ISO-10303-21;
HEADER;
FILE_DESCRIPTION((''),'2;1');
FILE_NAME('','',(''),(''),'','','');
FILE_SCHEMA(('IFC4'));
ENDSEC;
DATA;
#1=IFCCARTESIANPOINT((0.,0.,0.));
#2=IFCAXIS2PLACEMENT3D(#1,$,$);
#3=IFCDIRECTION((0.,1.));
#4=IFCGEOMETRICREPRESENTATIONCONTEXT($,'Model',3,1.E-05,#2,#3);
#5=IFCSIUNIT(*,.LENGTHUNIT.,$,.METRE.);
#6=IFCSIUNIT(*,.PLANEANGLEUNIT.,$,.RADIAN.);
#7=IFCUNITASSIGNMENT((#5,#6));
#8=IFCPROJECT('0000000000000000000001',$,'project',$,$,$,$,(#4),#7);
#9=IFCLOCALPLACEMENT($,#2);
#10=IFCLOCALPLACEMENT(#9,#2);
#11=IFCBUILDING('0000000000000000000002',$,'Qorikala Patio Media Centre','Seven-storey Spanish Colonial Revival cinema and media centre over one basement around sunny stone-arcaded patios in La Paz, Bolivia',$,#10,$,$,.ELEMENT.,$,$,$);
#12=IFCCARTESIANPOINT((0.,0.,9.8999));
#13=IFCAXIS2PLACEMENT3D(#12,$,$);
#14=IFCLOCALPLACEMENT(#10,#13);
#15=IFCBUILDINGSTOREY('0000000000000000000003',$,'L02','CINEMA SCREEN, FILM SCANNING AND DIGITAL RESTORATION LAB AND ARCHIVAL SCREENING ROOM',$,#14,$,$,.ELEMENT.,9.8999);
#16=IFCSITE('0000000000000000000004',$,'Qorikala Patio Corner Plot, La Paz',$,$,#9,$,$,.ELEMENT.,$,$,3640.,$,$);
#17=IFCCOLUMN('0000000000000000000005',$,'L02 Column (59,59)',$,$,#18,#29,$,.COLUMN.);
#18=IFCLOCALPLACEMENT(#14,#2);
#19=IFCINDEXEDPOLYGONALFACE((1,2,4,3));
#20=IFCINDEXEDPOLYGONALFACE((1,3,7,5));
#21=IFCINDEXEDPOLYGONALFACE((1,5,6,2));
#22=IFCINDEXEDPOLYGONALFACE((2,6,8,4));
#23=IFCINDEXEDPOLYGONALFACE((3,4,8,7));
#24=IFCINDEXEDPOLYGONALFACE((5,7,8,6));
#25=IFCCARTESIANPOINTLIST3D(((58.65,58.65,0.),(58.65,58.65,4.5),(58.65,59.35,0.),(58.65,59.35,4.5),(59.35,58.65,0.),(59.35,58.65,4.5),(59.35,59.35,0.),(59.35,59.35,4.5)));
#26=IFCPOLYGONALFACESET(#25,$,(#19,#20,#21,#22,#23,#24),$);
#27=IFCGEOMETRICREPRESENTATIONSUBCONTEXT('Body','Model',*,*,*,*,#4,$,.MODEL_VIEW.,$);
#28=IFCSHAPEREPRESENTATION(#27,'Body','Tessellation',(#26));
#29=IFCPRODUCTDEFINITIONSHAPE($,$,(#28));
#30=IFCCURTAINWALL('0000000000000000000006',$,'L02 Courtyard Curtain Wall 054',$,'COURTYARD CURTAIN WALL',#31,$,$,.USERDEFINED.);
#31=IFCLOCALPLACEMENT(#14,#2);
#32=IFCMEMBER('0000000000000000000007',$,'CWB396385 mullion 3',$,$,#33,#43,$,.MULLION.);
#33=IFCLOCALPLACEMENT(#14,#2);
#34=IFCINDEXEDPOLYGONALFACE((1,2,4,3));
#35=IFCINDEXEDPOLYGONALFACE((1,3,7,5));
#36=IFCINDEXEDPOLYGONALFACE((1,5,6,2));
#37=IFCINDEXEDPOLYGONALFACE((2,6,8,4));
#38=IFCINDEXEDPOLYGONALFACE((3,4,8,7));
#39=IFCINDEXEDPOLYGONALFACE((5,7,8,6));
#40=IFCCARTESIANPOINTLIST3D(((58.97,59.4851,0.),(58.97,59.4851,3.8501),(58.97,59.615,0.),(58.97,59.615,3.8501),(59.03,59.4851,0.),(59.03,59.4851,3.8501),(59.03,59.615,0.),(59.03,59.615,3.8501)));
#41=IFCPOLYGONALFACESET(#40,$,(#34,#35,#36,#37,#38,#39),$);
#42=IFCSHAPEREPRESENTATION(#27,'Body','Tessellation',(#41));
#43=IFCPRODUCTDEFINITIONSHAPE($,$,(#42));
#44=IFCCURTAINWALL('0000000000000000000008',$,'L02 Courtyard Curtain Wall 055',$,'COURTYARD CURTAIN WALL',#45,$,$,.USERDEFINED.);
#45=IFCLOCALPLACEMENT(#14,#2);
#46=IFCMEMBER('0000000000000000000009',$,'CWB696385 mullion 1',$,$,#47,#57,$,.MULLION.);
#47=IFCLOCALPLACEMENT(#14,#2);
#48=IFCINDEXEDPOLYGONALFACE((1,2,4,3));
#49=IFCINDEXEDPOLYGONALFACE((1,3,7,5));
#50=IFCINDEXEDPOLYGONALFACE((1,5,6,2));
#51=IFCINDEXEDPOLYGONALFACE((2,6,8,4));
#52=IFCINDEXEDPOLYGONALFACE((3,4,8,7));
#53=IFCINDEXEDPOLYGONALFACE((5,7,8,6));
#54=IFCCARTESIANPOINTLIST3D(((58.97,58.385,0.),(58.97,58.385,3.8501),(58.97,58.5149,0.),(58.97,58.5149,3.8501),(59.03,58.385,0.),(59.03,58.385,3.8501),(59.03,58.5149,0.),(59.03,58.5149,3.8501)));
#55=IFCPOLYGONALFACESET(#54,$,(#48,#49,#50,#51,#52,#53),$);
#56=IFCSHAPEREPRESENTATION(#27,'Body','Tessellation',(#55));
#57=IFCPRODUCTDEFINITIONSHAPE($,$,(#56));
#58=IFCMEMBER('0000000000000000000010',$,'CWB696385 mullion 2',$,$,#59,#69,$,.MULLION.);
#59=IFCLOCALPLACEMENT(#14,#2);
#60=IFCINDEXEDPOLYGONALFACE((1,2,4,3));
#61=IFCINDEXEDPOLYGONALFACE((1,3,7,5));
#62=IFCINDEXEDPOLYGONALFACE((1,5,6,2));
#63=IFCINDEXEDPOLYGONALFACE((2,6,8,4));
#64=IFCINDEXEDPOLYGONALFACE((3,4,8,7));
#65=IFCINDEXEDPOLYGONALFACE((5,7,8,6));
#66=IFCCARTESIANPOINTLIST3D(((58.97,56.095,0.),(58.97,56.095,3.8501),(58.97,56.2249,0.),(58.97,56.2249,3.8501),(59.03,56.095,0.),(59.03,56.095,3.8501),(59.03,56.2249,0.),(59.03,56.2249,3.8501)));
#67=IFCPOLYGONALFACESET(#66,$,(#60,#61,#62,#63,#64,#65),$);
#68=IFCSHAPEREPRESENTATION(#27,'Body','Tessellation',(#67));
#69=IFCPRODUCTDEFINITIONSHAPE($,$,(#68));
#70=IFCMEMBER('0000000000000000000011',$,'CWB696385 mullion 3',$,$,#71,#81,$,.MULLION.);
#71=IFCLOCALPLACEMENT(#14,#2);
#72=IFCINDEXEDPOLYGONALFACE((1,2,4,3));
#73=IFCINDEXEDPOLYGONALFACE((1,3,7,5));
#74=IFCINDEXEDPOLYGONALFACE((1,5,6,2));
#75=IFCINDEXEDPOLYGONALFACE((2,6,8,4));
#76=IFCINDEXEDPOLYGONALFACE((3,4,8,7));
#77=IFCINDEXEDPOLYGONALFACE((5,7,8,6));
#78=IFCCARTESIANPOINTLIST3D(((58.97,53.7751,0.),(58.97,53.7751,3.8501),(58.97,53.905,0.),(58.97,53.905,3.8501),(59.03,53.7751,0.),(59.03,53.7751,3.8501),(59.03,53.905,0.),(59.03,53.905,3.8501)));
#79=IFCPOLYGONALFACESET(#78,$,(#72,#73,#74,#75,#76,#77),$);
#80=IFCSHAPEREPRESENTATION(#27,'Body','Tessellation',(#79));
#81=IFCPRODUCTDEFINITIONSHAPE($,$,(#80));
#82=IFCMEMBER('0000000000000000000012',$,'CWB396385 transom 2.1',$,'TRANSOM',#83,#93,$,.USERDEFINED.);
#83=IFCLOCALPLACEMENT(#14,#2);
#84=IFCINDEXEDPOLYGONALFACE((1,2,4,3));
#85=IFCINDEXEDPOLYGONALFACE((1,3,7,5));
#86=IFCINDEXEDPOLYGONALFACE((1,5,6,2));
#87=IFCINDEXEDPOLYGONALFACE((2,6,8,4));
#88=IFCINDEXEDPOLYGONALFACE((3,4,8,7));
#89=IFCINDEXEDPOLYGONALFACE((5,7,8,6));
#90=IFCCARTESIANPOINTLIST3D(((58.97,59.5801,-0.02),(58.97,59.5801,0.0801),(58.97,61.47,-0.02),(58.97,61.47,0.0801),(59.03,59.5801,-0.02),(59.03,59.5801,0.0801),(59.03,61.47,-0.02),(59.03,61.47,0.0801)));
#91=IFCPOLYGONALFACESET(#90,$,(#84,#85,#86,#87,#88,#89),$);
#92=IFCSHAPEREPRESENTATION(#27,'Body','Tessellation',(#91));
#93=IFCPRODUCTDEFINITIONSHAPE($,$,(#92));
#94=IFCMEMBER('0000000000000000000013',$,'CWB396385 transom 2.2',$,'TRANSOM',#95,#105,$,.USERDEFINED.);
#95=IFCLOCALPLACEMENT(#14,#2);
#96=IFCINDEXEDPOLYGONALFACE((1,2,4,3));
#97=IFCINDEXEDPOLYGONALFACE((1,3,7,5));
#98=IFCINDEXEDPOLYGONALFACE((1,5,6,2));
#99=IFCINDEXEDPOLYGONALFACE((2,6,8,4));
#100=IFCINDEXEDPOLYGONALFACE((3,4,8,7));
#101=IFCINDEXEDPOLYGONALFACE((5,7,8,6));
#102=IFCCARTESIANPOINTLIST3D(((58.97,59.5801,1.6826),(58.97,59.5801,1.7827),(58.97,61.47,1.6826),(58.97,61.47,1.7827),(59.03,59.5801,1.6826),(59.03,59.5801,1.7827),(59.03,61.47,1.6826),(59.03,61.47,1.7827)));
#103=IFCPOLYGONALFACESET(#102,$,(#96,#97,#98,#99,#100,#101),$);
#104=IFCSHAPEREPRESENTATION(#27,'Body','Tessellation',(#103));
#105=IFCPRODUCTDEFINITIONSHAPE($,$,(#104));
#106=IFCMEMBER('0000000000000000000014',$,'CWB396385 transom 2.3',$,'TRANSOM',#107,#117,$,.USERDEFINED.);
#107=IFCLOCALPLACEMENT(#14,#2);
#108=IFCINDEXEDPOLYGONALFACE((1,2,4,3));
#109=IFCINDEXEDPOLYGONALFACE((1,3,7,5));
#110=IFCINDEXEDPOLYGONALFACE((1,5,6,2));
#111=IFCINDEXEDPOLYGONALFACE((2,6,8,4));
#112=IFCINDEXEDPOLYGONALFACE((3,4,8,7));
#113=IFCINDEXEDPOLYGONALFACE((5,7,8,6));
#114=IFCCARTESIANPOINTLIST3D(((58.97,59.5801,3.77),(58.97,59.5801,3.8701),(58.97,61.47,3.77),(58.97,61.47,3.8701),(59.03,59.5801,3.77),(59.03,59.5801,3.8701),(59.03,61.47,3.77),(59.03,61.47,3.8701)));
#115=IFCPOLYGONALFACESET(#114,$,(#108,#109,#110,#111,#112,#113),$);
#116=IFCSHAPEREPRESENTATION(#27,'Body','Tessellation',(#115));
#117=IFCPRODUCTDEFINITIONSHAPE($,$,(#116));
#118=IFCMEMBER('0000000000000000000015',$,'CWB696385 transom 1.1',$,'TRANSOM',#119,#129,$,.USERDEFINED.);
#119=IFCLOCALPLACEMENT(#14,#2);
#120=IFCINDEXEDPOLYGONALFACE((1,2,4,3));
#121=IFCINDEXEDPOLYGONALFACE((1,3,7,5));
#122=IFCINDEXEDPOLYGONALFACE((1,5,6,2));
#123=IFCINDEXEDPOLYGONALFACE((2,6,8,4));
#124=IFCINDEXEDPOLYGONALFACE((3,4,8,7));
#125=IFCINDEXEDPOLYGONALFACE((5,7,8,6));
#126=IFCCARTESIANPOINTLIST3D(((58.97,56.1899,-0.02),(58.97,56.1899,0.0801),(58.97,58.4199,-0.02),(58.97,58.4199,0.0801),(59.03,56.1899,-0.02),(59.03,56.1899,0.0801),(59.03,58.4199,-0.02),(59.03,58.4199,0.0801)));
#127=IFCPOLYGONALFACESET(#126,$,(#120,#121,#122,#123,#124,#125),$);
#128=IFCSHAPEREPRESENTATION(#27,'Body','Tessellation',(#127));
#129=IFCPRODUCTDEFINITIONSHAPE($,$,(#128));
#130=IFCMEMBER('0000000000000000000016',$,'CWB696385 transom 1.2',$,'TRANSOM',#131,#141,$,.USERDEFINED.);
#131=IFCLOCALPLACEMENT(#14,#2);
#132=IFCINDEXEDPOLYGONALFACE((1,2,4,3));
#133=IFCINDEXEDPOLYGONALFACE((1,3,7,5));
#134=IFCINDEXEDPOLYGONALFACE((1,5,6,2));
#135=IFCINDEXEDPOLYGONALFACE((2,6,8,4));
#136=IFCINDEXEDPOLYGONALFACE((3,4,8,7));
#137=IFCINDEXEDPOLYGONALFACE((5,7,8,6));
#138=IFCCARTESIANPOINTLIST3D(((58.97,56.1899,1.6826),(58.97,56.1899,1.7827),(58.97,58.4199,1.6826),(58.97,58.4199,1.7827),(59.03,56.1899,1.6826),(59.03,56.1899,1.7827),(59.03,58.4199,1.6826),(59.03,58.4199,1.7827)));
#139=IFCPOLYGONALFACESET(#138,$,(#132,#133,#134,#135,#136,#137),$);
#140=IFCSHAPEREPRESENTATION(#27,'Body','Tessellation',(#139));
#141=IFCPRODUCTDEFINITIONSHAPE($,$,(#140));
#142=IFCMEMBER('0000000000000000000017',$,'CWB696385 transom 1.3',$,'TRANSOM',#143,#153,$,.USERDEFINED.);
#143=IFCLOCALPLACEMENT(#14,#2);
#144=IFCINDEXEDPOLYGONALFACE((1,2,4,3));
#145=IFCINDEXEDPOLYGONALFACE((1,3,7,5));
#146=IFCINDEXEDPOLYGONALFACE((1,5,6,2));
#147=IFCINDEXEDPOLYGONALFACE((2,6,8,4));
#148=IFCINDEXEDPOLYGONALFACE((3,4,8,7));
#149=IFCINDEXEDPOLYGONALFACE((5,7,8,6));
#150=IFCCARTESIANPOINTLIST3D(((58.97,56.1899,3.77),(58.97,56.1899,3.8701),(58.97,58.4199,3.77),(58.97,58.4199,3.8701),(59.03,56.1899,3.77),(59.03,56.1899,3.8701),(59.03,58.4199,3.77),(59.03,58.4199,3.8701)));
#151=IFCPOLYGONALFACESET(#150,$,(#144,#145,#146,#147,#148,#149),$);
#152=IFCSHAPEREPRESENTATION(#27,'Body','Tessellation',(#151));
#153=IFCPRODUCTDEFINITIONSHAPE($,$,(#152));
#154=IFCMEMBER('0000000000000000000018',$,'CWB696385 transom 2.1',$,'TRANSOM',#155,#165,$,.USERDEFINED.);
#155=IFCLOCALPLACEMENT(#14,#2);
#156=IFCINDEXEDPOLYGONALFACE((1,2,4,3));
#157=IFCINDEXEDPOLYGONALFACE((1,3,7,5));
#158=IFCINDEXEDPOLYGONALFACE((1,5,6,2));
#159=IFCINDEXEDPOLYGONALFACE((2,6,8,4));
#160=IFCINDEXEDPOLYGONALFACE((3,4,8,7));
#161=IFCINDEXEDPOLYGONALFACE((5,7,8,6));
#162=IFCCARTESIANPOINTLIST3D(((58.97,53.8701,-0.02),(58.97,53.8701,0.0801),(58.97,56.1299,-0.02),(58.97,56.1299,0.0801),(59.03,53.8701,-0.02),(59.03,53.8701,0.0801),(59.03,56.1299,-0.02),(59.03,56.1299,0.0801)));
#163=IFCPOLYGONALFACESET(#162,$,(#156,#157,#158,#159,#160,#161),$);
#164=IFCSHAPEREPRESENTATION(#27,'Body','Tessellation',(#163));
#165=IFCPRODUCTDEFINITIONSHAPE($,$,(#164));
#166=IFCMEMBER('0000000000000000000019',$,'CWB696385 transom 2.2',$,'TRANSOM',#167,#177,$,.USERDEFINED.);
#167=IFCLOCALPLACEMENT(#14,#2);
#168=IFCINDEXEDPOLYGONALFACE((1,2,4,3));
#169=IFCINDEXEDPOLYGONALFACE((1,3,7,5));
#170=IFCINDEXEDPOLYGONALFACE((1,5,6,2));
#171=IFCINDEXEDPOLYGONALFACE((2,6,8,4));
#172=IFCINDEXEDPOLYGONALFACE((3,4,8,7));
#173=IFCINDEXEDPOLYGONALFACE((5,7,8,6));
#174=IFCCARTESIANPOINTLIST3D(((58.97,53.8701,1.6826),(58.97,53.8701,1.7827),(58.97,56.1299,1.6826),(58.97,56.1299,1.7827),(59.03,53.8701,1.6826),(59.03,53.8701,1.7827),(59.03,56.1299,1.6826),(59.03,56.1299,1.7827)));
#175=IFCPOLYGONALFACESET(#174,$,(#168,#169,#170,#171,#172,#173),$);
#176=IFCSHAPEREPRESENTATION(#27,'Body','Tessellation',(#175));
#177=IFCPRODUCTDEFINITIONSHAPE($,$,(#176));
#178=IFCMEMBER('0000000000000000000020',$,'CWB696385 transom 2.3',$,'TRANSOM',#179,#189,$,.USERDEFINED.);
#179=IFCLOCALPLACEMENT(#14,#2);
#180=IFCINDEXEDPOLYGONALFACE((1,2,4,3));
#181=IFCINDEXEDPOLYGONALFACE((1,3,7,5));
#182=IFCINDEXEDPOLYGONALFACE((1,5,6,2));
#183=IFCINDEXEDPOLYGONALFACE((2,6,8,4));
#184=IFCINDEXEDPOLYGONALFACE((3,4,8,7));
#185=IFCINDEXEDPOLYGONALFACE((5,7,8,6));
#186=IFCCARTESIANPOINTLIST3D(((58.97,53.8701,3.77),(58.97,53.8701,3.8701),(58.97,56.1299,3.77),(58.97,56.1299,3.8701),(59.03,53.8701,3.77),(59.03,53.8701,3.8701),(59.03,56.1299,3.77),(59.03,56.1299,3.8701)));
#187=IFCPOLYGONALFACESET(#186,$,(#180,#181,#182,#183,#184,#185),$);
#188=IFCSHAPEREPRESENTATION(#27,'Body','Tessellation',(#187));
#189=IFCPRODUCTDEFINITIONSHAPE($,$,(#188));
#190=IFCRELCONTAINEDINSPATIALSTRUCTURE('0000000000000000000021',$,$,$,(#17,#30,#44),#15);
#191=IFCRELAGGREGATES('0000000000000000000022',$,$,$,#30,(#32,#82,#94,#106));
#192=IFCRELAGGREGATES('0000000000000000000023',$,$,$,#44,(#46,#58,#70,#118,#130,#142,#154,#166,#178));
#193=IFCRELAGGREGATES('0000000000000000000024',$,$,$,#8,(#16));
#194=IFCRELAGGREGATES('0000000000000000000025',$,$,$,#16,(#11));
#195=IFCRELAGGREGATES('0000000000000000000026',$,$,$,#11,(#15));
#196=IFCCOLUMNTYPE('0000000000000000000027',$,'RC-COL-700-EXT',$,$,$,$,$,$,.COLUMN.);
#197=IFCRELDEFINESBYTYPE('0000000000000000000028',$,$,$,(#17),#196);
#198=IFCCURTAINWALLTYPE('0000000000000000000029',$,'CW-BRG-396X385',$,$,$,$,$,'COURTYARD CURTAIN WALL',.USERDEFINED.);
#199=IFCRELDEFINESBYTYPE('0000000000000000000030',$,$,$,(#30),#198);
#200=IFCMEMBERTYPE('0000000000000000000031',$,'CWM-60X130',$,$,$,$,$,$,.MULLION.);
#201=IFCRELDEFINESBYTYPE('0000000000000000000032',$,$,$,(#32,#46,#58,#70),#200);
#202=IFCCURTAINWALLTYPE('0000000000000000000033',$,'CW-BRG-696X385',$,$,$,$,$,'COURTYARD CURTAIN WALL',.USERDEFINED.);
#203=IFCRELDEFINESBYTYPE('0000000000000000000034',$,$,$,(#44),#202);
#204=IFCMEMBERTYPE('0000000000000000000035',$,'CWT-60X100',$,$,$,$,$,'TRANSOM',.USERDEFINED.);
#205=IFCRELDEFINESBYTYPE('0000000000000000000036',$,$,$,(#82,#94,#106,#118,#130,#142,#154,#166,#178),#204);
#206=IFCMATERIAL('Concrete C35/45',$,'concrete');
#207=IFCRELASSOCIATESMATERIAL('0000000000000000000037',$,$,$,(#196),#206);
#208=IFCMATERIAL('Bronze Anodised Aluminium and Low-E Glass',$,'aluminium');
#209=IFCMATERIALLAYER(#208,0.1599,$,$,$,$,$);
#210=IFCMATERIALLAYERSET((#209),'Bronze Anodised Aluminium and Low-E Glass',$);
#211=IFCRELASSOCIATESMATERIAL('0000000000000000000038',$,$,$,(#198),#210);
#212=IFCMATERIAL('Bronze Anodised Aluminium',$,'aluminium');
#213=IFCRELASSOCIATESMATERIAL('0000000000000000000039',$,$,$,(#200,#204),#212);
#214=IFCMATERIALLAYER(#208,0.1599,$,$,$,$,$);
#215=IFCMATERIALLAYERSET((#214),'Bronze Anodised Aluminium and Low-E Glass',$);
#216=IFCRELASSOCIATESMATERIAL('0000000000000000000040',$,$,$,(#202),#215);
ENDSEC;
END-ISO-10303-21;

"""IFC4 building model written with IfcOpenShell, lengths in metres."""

from ifc_helpers import new_model, si_unit, direction, frame, origin, origin_2d, place, context, subcontext, project, spatial, rectangle, extrude, material, layer, layer_set, material_profile, profile_set, type_object, element, aggregate, save


model = new_model("IFC4")

# Units and contexts
model_context = context("Model", 3, precision=1e-05, world=origin(), true_north=direction((0.0, 1.0)))
body_context = subcontext(model_context, "Body", "Model", "MODEL_VIEW")
ifc_project = project(units=[si_unit("LENGTHUNIT", "METRE"), si_unit("PLANEANGLEUNIT", "RADIAN")], contexts=[model_context])

# Site, building, storey
site_placement = place(None, origin())
site = spatial("IfcSite", under=ifc_project, at=site_placement, Name="Qorikala Patio Corner Plot, La Paz", CompositionType="ELEMENT", RefElevation=3640.0)
building_placement = place(site_placement, origin())
building = spatial("IfcBuilding", under=site, at=building_placement, Name="Qorikala Patio Media Centre", Description="Seven-storey Spanish Colonial Revival cinema and media centre over one basement around sunny stone-arcaded patios in La Paz, Bolivia", CompositionType="ELEMENT")
storey_placement = place(building_placement, frame((0.0, 0.0, 9.8999)))
storey = spatial("IfcBuildingStorey", under=building, at=storey_placement, Name="L02", Description="CINEMA SCREEN, FILM SCANNING AND DIGITAL RESTORATION LAB AND ARCHIVAL SCREENING ROOM", CompositionType="ELEMENT", Elevation=9.8999)

# Column
ifc_material_1 = material(Name="Concrete C35/45", Category="concrete")
ifc_material_profile_1 = material_profile(ifc_material_1, rectangle(XDim=0.7, YDim=0.7, at=origin_2d()), Name="RC 700x700")
ifc_profile_set_1 = profile_set([ifc_material_profile_1], Name="Concrete C35/45")
column_type = type_object("IfcColumnType", Name="RC-COL-700-EXT", PredefinedType="COLUMN", material=ifc_profile_set_1)
column_placement = place(storey_placement, frame((59.0, 59.0, 0.0), z_axis=(0.0, 0.0, 1.0), x_axis=(1.0, 0.0, 0.0)))
element("IfcColumn", 1, at=column_placement, inside=storey, type_object=column_type, Name="L02 Column (59,59)", PredefinedType="COLUMN", context=body_context, shape_type="SweptSolid", body=[
    extrude(rectangle(XDim=0.7, YDim=0.7, at=origin_2d()), origin(), (0.0, 0.0, 1.0), 4.5),
])

# Curtain wall, member
ifc_material_2 = material(Name="Bronze Anodised Aluminium and Low-E Glass", Category="aluminium")
ifc_layer_1 = layer(ifc_material_2, 0.1599)
ifc_layer_set_1 = layer_set([ifc_layer_1], Name="Bronze Anodised Aluminium and Low-E Glass")
curtain_wall_type_1 = type_object("IfcCurtainWallType", Name="CW-BRG-396X385", ElementType="COURTYARD CURTAIN WALL", PredefinedType="USERDEFINED", material=ifc_layer_set_1)
curtain_wall_1_placement = place(storey_placement, origin())
curtain_wall_1 = element("IfcCurtainWall", 2, at=curtain_wall_1_placement, inside=storey, type_object=curtain_wall_type_1, Name="L02 Courtyard Curtain Wall 054", ObjectType="COURTYARD CURTAIN WALL", PredefinedType="USERDEFINED")
ifc_material_3 = material(Name="Bronze Anodised Aluminium", Category="aluminium")
ifc_material_profile_2 = material_profile(ifc_material_3, rectangle(XDim=0.0601, YDim=0.1299, at=origin_2d()), Name="ALU MULLION 60x130")
ifc_profile_set_2 = profile_set([ifc_material_profile_2], Name="Bronze Anodised Aluminium")
member_type_1 = type_object("IfcMemberType", Name="CWM-60X130", PredefinedType="MULLION", material=ifc_profile_set_2)
member_1_placement = place(storey_placement, frame((59.0, 59.55, 0.0), z_axis=(0.0, 0.0, 1.0), x_axis=(1.0, 0.0, 0.0)))
member_1 = element("IfcMember", 3, at=member_1_placement, type_object=member_type_1, Name="CWB396385 mullion 3", PredefinedType="MULLION", context=body_context, shape_type="SweptSolid", body=[
    extrude(rectangle(XDim=0.0601, YDim=0.1299, at=origin_2d()), origin(), (0.0, 0.0, 1.0), 3.8501),
])

# Curtain wall, members
ifc_layer_2 = layer(ifc_material_2, 0.1599)
ifc_layer_set_2 = layer_set([ifc_layer_2], Name="Bronze Anodised Aluminium and Low-E Glass")
curtain_wall_type_2 = type_object("IfcCurtainWallType", Name="CW-BRG-696X385", ElementType="COURTYARD CURTAIN WALL", PredefinedType="USERDEFINED", material=ifc_layer_set_2)
curtain_wall_2_placement = place(storey_placement, origin())
curtain_wall_2 = element("IfcCurtainWall", 4, at=curtain_wall_2_placement, inside=storey, type_object=curtain_wall_type_2, Name="L02 Courtyard Curtain Wall 055", ObjectType="COURTYARD CURTAIN WALL", PredefinedType="USERDEFINED")
member_2_placement = place(storey_placement, frame((59.0, 58.45, 0.0), z_axis=(0.0, 0.0, 1.0), x_axis=(1.0, 0.0, 0.0)))
member_2 = element("IfcMember", 5, at=member_2_placement, type_object=member_type_1, Name="CWB696385 mullion 1", PredefinedType="MULLION", context=body_context, shape_type="SweptSolid", body=[
    extrude(rectangle(XDim=0.0601, YDim=0.1299, at=origin_2d()), origin(), (0.0, 0.0, 1.0), 3.8501),
])
member_3_placement = place(storey_placement, frame((59.0, 56.1599, 0.0), z_axis=(0.0, 0.0, 1.0), x_axis=(1.0, 0.0, 0.0)))
member_3 = element("IfcMember", 6, at=member_3_placement, type_object=member_type_1, Name="CWB696385 mullion 2", PredefinedType="MULLION", context=body_context, shape_type="SweptSolid", body=[
    extrude(rectangle(XDim=0.0601, YDim=0.1299, at=origin_2d()), origin(), (0.0, 0.0, 1.0), 3.8501),
])
member_4_placement = place(storey_placement, frame((59.0, 53.8401, 0.0), z_axis=(0.0, 0.0, 1.0), x_axis=(1.0, 0.0, 0.0)))
member_4 = element("IfcMember", 7, at=member_4_placement, type_object=member_type_1, Name="CWB696385 mullion 3", PredefinedType="MULLION", context=body_context, shape_type="SweptSolid", body=[
    extrude(rectangle(XDim=0.0601, YDim=0.1299, at=origin_2d()), origin(), (0.0, 0.0, 1.0), 3.8501),
])

# Members
ifc_material_profile_3 = material_profile(ifc_material_3, rectangle(XDim=0.0601, YDim=0.1001, at=origin_2d()), Name="ALU TRANSOM 60x100")
ifc_profile_set_3 = profile_set([ifc_material_profile_3], Name="Bronze Anodised Aluminium")
member_type_2 = type_object("IfcMemberType", Name="CWT-60X100", ElementType="TRANSOM", PredefinedType="USERDEFINED", material=ifc_profile_set_3)
member_5_placement = place(storey_placement, frame((59.0, 61.47, 0.03), z_axis=(0.0, -1.0, 0.0), x_axis=(1.0, 0.0, 0.0)))
member_5 = element("IfcMember", 8, at=member_5_placement, type_object=member_type_2, Name="CWB396385 transom 2.1", ObjectType="TRANSOM", PredefinedType="USERDEFINED", context=body_context, shape_type="SweptSolid", body=[
    extrude(rectangle(XDim=0.0601, YDim=0.1001, at=origin_2d()), origin(), (0.0, 0.0, 1.0), 1.8899),
])
member_6_placement = place(storey_placement, frame((59.0, 61.47, 1.7327), z_axis=(0.0, -1.0, 0.0), x_axis=(1.0, 0.0, 0.0)))
member_6 = element("IfcMember", 9, at=member_6_placement, type_object=member_type_2, Name="CWB396385 transom 2.2", ObjectType="TRANSOM", PredefinedType="USERDEFINED", context=body_context, shape_type="SweptSolid", body=[
    extrude(rectangle(XDim=0.0601, YDim=0.1001, at=origin_2d()), origin(), (0.0, 0.0, 1.0), 1.8899),
])
member_7_placement = place(storey_placement, frame((59.0, 61.47, 3.8201), z_axis=(0.0, -1.0, 0.0), x_axis=(1.0, 0.0, 0.0)))
member_7 = element("IfcMember", 10, at=member_7_placement, type_object=member_type_2, Name="CWB396385 transom 2.3", ObjectType="TRANSOM", PredefinedType="USERDEFINED", context=body_context, shape_type="SweptSolid", body=[
    extrude(rectangle(XDim=0.0601, YDim=0.1001, at=origin_2d()), origin(), (0.0, 0.0, 1.0), 1.8899),
])
member_8_placement = place(storey_placement, frame((59.0, 58.4199, 0.03), z_axis=(0.0, -1.0, 0.0), x_axis=(1.0, 0.0, 0.0)))
member_8 = element("IfcMember", 11, at=member_8_placement, type_object=member_type_2, Name="CWB696385 transom 1.1", ObjectType="TRANSOM", PredefinedType="USERDEFINED", context=body_context, shape_type="SweptSolid", body=[
    extrude(rectangle(XDim=0.0601, YDim=0.1001, at=origin_2d()), origin(), (0.0, 0.0, 1.0), 2.23),
])
member_9_placement = place(storey_placement, frame((59.0, 58.4199, 1.7327), z_axis=(0.0, -1.0, 0.0), x_axis=(1.0, 0.0, 0.0)))
member_9 = element("IfcMember", 12, at=member_9_placement, type_object=member_type_2, Name="CWB696385 transom 1.2", ObjectType="TRANSOM", PredefinedType="USERDEFINED", context=body_context, shape_type="SweptSolid", body=[
    extrude(rectangle(XDim=0.0601, YDim=0.1001, at=origin_2d()), origin(), (0.0, 0.0, 1.0), 2.23),
])
member_10_placement = place(storey_placement, frame((59.0, 58.4199, 3.8201), z_axis=(0.0, -1.0, 0.0), x_axis=(1.0, 0.0, 0.0)))
member_10 = element("IfcMember", 13, at=member_10_placement, type_object=member_type_2, Name="CWB696385 transom 1.3", ObjectType="TRANSOM", PredefinedType="USERDEFINED", context=body_context, shape_type="SweptSolid", body=[
    extrude(rectangle(XDim=0.0601, YDim=0.1001, at=origin_2d()), origin(), (0.0, 0.0, 1.0), 2.23),
])
member_11_placement = place(storey_placement, frame((59.0, 56.1299, 0.03), z_axis=(0.0, -1.0, 0.0), x_axis=(1.0, 0.0, 0.0)))
member_11 = element("IfcMember", 14, at=member_11_placement, type_object=member_type_2, Name="CWB696385 transom 2.1", ObjectType="TRANSOM", PredefinedType="USERDEFINED", context=body_context, shape_type="SweptSolid", body=[
    extrude(rectangle(XDim=0.0601, YDim=0.1001, at=origin_2d()), origin(), (0.0, 0.0, 1.0), 2.2598),
])
member_12_placement = place(storey_placement, frame((59.0, 56.1299, 1.7327), z_axis=(0.0, -1.0, 0.0), x_axis=(1.0, 0.0, 0.0)))
member_12 = element("IfcMember", 15, at=member_12_placement, type_object=member_type_2, Name="CWB696385 transom 2.2", ObjectType="TRANSOM", PredefinedType="USERDEFINED", context=body_context, shape_type="SweptSolid", body=[
    extrude(rectangle(XDim=0.0601, YDim=0.1001, at=origin_2d()), origin(), (0.0, 0.0, 1.0), 2.2598),
])
member_13_placement = place(storey_placement, frame((59.0, 56.1299, 3.8201), z_axis=(0.0, -1.0, 0.0), x_axis=(1.0, 0.0, 0.0)))
member_13 = element("IfcMember", 16, at=member_13_placement, type_object=member_type_2, Name="CWB696385 transom 2.3", ObjectType="TRANSOM", PredefinedType="USERDEFINED", context=body_context, shape_type="SweptSolid", body=[
    extrude(rectangle(XDim=0.0601, YDim=0.1001, at=origin_2d()), origin(), (0.0, 0.0, 1.0), 2.2598),
])

aggregate(curtain_wall_1, [member_1, member_5, member_6, member_7])
aggregate(curtain_wall_2, [member_2, member_3, member_4, member_8, member_9, member_10, member_11, member_12, member_13])

save(model, "model.ifc")
